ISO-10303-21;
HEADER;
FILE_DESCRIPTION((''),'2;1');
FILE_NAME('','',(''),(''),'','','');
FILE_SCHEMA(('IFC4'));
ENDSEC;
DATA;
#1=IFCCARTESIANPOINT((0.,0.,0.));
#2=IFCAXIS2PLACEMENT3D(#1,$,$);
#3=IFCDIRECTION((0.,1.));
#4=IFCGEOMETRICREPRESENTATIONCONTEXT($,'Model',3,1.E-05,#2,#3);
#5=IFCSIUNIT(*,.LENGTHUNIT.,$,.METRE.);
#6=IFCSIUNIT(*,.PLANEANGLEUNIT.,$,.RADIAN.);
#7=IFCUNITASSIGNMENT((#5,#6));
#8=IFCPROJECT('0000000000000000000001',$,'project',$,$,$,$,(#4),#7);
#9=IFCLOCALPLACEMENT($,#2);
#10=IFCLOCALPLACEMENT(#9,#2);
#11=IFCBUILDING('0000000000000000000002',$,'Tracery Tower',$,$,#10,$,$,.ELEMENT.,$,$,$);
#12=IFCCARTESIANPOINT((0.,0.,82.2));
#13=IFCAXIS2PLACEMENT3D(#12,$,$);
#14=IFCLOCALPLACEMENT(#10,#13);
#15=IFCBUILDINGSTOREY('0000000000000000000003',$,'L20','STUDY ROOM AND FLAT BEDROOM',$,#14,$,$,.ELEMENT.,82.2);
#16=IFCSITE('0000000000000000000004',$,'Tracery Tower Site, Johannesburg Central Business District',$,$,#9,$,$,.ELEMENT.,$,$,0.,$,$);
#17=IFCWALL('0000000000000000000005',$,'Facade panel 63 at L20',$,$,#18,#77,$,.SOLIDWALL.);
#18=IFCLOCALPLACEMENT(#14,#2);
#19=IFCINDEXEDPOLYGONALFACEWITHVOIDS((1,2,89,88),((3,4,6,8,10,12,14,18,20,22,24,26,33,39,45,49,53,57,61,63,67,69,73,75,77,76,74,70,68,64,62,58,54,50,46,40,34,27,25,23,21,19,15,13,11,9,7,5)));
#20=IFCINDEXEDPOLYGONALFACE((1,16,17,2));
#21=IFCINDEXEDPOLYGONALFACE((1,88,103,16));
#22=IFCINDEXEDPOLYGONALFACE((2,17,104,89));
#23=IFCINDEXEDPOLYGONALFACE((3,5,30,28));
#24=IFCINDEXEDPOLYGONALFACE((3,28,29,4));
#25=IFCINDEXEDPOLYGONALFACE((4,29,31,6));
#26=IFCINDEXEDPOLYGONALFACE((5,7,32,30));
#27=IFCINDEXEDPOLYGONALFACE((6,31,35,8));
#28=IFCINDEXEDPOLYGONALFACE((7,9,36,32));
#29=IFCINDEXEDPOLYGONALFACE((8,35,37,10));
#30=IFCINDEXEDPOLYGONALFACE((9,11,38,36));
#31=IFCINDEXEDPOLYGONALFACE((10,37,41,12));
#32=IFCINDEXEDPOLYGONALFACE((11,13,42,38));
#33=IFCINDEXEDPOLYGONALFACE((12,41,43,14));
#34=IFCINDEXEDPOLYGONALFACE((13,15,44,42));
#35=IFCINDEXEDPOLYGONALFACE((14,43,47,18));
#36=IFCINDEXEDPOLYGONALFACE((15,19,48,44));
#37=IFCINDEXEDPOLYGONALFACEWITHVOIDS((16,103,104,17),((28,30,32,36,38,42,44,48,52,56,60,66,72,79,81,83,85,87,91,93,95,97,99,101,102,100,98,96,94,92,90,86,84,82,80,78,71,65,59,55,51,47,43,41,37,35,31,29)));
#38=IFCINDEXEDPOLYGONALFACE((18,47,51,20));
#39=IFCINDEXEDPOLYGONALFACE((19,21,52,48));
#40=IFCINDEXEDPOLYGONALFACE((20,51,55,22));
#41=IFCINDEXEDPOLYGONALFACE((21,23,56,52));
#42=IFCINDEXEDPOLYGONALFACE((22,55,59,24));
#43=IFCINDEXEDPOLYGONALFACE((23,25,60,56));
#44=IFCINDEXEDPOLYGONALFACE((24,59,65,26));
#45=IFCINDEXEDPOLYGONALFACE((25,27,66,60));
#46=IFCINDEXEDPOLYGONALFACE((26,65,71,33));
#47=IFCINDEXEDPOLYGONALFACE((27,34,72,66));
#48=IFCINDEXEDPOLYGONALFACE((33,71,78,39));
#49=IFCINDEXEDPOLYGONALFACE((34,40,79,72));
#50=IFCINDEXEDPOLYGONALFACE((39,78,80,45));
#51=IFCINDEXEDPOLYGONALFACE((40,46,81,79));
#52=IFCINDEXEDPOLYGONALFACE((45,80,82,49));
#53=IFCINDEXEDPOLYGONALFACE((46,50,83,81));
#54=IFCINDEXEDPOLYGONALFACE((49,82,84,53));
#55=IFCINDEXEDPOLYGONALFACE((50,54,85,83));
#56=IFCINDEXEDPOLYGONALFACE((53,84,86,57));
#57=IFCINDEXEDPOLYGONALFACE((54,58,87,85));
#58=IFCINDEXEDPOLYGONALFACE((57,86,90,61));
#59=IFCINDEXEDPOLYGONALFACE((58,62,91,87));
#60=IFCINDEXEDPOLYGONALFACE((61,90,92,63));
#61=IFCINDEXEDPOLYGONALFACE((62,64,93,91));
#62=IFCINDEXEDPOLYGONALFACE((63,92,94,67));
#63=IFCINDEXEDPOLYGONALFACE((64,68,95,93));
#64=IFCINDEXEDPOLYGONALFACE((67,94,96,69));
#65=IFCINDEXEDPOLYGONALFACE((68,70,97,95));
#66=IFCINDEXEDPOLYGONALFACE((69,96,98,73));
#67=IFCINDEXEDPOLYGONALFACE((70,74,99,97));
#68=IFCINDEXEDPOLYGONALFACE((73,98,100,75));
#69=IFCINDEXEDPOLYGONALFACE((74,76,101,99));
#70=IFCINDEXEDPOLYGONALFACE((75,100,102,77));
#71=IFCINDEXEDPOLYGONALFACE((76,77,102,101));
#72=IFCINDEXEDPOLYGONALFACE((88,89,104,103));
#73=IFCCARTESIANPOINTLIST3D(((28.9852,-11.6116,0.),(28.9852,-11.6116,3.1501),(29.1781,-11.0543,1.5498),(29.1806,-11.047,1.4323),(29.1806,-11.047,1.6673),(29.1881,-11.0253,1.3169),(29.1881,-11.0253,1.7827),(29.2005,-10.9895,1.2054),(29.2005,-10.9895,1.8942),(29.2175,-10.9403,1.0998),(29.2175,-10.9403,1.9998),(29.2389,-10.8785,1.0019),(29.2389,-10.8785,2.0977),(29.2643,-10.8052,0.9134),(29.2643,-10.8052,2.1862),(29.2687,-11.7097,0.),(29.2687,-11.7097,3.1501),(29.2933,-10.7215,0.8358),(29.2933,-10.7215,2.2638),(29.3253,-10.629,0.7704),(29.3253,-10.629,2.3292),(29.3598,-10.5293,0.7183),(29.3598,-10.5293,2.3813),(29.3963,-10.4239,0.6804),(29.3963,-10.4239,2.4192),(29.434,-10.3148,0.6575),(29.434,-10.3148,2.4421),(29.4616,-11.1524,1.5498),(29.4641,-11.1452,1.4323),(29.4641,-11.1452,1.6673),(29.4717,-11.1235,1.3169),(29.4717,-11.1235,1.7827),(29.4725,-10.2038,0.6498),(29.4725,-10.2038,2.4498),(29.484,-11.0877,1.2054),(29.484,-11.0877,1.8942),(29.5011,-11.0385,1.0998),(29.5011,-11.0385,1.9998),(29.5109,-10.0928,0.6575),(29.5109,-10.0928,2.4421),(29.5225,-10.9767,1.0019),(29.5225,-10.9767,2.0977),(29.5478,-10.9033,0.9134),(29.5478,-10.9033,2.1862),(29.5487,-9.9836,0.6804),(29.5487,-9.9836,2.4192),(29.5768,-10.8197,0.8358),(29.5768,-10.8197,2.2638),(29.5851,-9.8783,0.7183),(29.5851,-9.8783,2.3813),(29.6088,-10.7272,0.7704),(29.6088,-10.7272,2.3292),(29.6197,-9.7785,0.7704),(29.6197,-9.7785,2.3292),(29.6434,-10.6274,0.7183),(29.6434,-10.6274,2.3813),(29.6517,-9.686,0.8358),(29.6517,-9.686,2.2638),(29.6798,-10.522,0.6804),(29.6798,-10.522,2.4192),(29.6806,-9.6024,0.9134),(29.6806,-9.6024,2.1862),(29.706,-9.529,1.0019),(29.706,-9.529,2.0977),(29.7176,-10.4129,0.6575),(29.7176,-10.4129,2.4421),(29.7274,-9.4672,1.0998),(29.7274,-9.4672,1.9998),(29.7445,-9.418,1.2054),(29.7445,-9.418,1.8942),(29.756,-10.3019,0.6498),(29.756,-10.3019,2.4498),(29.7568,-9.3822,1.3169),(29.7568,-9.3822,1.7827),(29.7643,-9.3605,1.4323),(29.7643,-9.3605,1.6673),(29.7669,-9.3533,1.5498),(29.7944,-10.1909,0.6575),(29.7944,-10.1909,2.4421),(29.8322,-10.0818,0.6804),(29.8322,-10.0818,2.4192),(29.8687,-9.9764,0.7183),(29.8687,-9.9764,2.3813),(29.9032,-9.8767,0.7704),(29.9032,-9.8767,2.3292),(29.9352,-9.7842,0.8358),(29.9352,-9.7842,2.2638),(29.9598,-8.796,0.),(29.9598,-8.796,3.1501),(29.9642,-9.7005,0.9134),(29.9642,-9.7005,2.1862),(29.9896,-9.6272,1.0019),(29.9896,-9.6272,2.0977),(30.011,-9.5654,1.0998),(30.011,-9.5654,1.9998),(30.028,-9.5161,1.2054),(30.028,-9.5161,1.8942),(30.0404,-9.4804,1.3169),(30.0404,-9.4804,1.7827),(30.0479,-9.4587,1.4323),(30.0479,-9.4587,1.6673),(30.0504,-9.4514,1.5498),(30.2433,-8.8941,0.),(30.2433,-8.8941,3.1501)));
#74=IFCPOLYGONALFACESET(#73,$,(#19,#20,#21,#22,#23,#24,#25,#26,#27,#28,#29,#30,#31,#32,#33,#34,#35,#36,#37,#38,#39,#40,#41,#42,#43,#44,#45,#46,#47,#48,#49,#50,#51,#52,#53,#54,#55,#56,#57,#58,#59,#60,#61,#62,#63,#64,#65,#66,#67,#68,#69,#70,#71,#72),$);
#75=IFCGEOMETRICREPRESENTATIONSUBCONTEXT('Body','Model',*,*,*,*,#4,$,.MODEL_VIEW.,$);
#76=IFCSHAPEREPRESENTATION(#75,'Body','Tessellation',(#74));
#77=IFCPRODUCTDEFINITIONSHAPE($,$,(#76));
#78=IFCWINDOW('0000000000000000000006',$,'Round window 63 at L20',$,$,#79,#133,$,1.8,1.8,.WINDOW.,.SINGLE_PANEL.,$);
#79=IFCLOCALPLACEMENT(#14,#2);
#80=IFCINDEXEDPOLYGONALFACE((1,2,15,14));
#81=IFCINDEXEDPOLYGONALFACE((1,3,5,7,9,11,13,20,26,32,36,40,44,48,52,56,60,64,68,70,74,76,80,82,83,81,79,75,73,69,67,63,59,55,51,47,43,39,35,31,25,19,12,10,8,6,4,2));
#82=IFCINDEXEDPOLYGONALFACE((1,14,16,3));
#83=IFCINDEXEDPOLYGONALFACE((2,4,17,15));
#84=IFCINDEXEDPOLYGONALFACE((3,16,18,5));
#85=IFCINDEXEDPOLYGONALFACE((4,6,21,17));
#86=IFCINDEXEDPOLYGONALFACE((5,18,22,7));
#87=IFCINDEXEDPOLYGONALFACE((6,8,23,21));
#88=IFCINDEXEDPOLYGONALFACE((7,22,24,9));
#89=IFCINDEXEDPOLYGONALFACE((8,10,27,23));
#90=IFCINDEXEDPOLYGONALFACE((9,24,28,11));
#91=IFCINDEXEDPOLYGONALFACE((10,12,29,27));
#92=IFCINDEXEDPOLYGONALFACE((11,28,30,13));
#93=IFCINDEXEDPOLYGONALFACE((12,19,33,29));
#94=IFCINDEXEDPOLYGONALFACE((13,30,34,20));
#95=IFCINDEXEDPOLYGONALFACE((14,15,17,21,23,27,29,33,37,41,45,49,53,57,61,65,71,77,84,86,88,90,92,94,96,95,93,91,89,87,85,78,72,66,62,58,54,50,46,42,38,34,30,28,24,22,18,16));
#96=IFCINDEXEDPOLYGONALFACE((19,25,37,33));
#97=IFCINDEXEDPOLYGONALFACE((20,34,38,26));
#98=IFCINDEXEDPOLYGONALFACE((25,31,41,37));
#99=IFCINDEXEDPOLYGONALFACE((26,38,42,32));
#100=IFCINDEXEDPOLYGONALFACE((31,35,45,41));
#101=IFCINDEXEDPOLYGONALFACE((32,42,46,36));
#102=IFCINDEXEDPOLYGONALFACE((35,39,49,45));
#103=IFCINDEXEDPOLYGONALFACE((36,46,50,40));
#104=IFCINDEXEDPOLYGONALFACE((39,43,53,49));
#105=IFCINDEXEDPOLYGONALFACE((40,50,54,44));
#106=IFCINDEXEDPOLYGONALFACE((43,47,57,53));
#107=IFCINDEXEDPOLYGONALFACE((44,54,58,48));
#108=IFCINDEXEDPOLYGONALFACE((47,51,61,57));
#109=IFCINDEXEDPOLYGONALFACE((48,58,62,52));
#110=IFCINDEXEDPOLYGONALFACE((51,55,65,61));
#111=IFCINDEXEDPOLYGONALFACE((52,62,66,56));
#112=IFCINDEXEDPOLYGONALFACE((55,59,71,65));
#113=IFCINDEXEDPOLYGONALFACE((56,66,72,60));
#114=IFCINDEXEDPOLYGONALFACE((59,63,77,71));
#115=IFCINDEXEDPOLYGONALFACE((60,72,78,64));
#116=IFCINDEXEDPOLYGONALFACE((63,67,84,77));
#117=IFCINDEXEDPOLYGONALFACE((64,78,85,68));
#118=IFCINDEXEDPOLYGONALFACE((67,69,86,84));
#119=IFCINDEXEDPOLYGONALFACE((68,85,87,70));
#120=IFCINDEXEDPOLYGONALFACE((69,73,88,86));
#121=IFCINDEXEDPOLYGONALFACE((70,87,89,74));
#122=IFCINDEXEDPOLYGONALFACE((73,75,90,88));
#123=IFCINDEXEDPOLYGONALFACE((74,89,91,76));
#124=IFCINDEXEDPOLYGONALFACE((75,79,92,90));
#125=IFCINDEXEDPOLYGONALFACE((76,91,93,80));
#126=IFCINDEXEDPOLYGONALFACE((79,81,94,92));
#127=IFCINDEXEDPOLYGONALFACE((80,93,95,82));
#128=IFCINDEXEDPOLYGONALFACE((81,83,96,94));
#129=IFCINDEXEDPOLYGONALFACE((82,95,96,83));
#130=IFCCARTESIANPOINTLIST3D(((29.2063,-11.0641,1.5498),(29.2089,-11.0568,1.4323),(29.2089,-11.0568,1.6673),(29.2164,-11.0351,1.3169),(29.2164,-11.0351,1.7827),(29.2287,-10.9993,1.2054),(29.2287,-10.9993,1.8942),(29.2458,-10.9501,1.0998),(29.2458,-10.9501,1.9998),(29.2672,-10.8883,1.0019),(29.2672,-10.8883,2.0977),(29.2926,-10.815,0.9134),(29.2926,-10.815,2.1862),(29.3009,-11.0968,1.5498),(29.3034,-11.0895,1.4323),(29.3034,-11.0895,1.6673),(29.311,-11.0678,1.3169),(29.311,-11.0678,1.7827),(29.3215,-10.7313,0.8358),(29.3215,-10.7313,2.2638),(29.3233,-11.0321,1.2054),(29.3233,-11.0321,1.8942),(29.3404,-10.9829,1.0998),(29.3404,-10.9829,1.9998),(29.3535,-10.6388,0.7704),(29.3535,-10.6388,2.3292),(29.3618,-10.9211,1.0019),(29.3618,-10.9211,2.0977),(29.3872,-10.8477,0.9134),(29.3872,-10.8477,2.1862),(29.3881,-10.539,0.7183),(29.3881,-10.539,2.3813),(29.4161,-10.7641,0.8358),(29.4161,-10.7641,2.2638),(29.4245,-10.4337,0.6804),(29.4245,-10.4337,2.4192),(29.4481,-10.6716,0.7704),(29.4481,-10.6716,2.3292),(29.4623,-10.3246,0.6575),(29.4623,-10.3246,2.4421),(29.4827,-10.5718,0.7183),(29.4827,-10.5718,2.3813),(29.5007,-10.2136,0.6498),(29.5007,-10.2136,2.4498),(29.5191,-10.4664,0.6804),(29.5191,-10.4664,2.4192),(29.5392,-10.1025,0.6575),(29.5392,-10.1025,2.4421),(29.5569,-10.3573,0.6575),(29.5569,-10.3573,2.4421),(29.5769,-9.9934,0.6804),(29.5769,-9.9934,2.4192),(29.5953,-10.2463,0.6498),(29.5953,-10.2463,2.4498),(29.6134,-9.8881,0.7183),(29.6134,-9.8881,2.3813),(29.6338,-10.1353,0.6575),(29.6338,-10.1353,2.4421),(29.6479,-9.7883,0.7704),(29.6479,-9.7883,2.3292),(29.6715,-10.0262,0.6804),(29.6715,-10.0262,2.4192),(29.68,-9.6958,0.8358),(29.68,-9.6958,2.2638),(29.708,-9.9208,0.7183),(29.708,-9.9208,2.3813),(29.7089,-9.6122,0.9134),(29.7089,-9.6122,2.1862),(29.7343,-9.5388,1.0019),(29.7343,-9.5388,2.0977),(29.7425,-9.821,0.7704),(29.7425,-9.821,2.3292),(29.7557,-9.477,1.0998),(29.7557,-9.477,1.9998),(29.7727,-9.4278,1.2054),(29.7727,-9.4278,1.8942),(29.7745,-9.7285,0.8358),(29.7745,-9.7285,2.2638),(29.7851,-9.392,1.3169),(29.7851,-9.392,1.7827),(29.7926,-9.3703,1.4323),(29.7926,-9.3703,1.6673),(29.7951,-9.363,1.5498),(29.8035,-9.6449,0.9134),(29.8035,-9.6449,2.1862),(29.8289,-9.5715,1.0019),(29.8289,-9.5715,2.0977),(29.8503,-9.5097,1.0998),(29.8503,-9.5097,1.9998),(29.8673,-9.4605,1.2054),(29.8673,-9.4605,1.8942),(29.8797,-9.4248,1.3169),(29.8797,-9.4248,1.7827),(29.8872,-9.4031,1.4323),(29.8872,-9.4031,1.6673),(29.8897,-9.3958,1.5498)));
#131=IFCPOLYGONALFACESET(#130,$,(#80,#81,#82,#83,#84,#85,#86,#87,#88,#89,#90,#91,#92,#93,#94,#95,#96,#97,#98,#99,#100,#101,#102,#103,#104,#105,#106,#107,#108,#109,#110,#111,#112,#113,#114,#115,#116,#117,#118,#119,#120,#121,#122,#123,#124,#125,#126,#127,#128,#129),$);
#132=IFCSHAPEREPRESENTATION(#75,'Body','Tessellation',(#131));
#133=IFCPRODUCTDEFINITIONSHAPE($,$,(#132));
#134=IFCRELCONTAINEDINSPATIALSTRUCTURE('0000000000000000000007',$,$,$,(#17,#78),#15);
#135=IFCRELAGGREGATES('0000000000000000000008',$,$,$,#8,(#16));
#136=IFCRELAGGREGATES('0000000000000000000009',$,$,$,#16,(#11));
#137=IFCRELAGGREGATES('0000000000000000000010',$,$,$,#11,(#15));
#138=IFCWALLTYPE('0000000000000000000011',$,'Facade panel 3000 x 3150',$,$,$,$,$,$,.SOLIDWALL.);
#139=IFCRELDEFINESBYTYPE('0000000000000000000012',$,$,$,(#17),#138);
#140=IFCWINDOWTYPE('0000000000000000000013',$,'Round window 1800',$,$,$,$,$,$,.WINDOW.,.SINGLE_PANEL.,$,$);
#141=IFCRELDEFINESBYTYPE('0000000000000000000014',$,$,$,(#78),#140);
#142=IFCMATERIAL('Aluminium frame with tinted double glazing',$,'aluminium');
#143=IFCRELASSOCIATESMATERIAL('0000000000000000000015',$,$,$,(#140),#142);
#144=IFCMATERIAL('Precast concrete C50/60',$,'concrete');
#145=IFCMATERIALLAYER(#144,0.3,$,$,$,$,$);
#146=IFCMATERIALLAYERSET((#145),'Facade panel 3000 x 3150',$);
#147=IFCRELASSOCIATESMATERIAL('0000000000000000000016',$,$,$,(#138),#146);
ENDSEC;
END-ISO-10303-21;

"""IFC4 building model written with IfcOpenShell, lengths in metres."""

from ifc_helpers import new_model, si_unit, direction, frame, frame_2d, origin, origin_2d, place, context, subcontext, project, spatial, rectangle, circle, extrude, material, layer, layer_set, type_object, element, fill, save


model = new_model("IFC4")

# Units and contexts
model_context = context("Model", 3, precision=1e-05, world=origin(), true_north=direction((0.0, 1.0)))
body_context = subcontext(model_context, "Body", "Model", "MODEL_VIEW")
ifc_project = project(units=[si_unit("LENGTHUNIT", "METRE"), si_unit("PLANEANGLEUNIT", "RADIAN")], contexts=[model_context])

# Site, building, storey
site_placement = place(None, origin())
site = spatial("IfcSite", under=ifc_project, at=site_placement, Name="Tracery Tower Site, Johannesburg Central Business District", CompositionType="ELEMENT", RefElevation=0.0)
building_placement = place(site_placement, origin())
building = spatial("IfcBuilding", under=site, at=building_placement, Name="Tracery Tower", CompositionType="ELEMENT")
storey_placement = place(building_placement, frame((0.0, 0.0, 82.2)))
storey = spatial("IfcBuildingStorey", under=building, at=storey_placement, Name="L20", Description="STUDY ROOM AND FLAT BEDROOM", CompositionType="ELEMENT", Elevation=82.2)

# Wall, opening, window
ifc_material_1 = material(Name="Aluminium frame with tinted double glazing", Category="aluminium")
window_type = type_object("IfcWindowType", Name="Round window 1800", PartitioningType="SINGLE_PANEL", PredefinedType="WINDOW", material=ifc_material_1)
ifc_material_2 = material(Name="Precast concrete C50/60", Category="concrete")
ifc_layer_1 = layer(ifc_material_2, 0.3)
ifc_layer_set_1 = layer_set([ifc_layer_1], Name="Facade panel 3000 x 3150")
wall_type_1 = type_object("IfcWallType", Name="Facade panel 3000 x 3150", PredefinedType="SOLIDWALL", material=ifc_layer_set_1)
wall_1_placement = place(storey_placement, frame((29.127, -11.6606, 0.0), z_axis=(0.0, 0.0, 1.0), x_axis=(0.327096, 0.944991, 0.0)))
wall_1 = element("IfcWall", 1, at=wall_1_placement, inside=storey, type_object=wall_type_1, Name="Facade panel 63 at L20", PredefinedType="SOLIDWALL", context=body_context, shape_type="SweptSolid", body=[
    extrude(rectangle(XDim=2.9795, YDim=0.3, at=frame_2d((1.4897, 0.0))), origin(), (0.0, 0.0, 1.0), 3.1501),
])
opening_1_placement = place(wall_1_placement, frame((1.4897, 0.0, 1.5498)))
opening_1 = element("IfcOpeningElement", 2, at=opening_1_placement, cuts=wall_1, PredefinedType="OPENING", context=body_context, shape_type="SweptSolid", body=[
    extrude(circle(Radius=0.9, at=origin_2d()), frame((0.0, 0.1599, 0.0), z_axis=(0.0, -1.0, 0.0), x_axis=(1.0, 0.0, 0.0)), (0.0, 0.0, 1.0), 0.3201),
])
window_1_placement = place(opening_1_placement, origin())
window_1 = element("IfcWindow", 3, at=window_1_placement, inside=storey, type_object=window_type, Name="Round window 63 at L20", OverallHeight=1.8, OverallWidth=1.8, PartitioningType="SINGLE_PANEL", PredefinedType="WINDOW", context=body_context, shape_type="SweptSolid", body=[
    extrude(circle(Radius=0.9, at=origin_2d()), frame((0.0, 0.1201, 0.0), z_axis=(0.0, -1.0, 0.0), x_axis=(1.0, 0.0, 0.0)), (0.0, 0.0, 1.0), 0.1001),
])
fill(opening_1, window_1)

save(model, "model.ifc")
